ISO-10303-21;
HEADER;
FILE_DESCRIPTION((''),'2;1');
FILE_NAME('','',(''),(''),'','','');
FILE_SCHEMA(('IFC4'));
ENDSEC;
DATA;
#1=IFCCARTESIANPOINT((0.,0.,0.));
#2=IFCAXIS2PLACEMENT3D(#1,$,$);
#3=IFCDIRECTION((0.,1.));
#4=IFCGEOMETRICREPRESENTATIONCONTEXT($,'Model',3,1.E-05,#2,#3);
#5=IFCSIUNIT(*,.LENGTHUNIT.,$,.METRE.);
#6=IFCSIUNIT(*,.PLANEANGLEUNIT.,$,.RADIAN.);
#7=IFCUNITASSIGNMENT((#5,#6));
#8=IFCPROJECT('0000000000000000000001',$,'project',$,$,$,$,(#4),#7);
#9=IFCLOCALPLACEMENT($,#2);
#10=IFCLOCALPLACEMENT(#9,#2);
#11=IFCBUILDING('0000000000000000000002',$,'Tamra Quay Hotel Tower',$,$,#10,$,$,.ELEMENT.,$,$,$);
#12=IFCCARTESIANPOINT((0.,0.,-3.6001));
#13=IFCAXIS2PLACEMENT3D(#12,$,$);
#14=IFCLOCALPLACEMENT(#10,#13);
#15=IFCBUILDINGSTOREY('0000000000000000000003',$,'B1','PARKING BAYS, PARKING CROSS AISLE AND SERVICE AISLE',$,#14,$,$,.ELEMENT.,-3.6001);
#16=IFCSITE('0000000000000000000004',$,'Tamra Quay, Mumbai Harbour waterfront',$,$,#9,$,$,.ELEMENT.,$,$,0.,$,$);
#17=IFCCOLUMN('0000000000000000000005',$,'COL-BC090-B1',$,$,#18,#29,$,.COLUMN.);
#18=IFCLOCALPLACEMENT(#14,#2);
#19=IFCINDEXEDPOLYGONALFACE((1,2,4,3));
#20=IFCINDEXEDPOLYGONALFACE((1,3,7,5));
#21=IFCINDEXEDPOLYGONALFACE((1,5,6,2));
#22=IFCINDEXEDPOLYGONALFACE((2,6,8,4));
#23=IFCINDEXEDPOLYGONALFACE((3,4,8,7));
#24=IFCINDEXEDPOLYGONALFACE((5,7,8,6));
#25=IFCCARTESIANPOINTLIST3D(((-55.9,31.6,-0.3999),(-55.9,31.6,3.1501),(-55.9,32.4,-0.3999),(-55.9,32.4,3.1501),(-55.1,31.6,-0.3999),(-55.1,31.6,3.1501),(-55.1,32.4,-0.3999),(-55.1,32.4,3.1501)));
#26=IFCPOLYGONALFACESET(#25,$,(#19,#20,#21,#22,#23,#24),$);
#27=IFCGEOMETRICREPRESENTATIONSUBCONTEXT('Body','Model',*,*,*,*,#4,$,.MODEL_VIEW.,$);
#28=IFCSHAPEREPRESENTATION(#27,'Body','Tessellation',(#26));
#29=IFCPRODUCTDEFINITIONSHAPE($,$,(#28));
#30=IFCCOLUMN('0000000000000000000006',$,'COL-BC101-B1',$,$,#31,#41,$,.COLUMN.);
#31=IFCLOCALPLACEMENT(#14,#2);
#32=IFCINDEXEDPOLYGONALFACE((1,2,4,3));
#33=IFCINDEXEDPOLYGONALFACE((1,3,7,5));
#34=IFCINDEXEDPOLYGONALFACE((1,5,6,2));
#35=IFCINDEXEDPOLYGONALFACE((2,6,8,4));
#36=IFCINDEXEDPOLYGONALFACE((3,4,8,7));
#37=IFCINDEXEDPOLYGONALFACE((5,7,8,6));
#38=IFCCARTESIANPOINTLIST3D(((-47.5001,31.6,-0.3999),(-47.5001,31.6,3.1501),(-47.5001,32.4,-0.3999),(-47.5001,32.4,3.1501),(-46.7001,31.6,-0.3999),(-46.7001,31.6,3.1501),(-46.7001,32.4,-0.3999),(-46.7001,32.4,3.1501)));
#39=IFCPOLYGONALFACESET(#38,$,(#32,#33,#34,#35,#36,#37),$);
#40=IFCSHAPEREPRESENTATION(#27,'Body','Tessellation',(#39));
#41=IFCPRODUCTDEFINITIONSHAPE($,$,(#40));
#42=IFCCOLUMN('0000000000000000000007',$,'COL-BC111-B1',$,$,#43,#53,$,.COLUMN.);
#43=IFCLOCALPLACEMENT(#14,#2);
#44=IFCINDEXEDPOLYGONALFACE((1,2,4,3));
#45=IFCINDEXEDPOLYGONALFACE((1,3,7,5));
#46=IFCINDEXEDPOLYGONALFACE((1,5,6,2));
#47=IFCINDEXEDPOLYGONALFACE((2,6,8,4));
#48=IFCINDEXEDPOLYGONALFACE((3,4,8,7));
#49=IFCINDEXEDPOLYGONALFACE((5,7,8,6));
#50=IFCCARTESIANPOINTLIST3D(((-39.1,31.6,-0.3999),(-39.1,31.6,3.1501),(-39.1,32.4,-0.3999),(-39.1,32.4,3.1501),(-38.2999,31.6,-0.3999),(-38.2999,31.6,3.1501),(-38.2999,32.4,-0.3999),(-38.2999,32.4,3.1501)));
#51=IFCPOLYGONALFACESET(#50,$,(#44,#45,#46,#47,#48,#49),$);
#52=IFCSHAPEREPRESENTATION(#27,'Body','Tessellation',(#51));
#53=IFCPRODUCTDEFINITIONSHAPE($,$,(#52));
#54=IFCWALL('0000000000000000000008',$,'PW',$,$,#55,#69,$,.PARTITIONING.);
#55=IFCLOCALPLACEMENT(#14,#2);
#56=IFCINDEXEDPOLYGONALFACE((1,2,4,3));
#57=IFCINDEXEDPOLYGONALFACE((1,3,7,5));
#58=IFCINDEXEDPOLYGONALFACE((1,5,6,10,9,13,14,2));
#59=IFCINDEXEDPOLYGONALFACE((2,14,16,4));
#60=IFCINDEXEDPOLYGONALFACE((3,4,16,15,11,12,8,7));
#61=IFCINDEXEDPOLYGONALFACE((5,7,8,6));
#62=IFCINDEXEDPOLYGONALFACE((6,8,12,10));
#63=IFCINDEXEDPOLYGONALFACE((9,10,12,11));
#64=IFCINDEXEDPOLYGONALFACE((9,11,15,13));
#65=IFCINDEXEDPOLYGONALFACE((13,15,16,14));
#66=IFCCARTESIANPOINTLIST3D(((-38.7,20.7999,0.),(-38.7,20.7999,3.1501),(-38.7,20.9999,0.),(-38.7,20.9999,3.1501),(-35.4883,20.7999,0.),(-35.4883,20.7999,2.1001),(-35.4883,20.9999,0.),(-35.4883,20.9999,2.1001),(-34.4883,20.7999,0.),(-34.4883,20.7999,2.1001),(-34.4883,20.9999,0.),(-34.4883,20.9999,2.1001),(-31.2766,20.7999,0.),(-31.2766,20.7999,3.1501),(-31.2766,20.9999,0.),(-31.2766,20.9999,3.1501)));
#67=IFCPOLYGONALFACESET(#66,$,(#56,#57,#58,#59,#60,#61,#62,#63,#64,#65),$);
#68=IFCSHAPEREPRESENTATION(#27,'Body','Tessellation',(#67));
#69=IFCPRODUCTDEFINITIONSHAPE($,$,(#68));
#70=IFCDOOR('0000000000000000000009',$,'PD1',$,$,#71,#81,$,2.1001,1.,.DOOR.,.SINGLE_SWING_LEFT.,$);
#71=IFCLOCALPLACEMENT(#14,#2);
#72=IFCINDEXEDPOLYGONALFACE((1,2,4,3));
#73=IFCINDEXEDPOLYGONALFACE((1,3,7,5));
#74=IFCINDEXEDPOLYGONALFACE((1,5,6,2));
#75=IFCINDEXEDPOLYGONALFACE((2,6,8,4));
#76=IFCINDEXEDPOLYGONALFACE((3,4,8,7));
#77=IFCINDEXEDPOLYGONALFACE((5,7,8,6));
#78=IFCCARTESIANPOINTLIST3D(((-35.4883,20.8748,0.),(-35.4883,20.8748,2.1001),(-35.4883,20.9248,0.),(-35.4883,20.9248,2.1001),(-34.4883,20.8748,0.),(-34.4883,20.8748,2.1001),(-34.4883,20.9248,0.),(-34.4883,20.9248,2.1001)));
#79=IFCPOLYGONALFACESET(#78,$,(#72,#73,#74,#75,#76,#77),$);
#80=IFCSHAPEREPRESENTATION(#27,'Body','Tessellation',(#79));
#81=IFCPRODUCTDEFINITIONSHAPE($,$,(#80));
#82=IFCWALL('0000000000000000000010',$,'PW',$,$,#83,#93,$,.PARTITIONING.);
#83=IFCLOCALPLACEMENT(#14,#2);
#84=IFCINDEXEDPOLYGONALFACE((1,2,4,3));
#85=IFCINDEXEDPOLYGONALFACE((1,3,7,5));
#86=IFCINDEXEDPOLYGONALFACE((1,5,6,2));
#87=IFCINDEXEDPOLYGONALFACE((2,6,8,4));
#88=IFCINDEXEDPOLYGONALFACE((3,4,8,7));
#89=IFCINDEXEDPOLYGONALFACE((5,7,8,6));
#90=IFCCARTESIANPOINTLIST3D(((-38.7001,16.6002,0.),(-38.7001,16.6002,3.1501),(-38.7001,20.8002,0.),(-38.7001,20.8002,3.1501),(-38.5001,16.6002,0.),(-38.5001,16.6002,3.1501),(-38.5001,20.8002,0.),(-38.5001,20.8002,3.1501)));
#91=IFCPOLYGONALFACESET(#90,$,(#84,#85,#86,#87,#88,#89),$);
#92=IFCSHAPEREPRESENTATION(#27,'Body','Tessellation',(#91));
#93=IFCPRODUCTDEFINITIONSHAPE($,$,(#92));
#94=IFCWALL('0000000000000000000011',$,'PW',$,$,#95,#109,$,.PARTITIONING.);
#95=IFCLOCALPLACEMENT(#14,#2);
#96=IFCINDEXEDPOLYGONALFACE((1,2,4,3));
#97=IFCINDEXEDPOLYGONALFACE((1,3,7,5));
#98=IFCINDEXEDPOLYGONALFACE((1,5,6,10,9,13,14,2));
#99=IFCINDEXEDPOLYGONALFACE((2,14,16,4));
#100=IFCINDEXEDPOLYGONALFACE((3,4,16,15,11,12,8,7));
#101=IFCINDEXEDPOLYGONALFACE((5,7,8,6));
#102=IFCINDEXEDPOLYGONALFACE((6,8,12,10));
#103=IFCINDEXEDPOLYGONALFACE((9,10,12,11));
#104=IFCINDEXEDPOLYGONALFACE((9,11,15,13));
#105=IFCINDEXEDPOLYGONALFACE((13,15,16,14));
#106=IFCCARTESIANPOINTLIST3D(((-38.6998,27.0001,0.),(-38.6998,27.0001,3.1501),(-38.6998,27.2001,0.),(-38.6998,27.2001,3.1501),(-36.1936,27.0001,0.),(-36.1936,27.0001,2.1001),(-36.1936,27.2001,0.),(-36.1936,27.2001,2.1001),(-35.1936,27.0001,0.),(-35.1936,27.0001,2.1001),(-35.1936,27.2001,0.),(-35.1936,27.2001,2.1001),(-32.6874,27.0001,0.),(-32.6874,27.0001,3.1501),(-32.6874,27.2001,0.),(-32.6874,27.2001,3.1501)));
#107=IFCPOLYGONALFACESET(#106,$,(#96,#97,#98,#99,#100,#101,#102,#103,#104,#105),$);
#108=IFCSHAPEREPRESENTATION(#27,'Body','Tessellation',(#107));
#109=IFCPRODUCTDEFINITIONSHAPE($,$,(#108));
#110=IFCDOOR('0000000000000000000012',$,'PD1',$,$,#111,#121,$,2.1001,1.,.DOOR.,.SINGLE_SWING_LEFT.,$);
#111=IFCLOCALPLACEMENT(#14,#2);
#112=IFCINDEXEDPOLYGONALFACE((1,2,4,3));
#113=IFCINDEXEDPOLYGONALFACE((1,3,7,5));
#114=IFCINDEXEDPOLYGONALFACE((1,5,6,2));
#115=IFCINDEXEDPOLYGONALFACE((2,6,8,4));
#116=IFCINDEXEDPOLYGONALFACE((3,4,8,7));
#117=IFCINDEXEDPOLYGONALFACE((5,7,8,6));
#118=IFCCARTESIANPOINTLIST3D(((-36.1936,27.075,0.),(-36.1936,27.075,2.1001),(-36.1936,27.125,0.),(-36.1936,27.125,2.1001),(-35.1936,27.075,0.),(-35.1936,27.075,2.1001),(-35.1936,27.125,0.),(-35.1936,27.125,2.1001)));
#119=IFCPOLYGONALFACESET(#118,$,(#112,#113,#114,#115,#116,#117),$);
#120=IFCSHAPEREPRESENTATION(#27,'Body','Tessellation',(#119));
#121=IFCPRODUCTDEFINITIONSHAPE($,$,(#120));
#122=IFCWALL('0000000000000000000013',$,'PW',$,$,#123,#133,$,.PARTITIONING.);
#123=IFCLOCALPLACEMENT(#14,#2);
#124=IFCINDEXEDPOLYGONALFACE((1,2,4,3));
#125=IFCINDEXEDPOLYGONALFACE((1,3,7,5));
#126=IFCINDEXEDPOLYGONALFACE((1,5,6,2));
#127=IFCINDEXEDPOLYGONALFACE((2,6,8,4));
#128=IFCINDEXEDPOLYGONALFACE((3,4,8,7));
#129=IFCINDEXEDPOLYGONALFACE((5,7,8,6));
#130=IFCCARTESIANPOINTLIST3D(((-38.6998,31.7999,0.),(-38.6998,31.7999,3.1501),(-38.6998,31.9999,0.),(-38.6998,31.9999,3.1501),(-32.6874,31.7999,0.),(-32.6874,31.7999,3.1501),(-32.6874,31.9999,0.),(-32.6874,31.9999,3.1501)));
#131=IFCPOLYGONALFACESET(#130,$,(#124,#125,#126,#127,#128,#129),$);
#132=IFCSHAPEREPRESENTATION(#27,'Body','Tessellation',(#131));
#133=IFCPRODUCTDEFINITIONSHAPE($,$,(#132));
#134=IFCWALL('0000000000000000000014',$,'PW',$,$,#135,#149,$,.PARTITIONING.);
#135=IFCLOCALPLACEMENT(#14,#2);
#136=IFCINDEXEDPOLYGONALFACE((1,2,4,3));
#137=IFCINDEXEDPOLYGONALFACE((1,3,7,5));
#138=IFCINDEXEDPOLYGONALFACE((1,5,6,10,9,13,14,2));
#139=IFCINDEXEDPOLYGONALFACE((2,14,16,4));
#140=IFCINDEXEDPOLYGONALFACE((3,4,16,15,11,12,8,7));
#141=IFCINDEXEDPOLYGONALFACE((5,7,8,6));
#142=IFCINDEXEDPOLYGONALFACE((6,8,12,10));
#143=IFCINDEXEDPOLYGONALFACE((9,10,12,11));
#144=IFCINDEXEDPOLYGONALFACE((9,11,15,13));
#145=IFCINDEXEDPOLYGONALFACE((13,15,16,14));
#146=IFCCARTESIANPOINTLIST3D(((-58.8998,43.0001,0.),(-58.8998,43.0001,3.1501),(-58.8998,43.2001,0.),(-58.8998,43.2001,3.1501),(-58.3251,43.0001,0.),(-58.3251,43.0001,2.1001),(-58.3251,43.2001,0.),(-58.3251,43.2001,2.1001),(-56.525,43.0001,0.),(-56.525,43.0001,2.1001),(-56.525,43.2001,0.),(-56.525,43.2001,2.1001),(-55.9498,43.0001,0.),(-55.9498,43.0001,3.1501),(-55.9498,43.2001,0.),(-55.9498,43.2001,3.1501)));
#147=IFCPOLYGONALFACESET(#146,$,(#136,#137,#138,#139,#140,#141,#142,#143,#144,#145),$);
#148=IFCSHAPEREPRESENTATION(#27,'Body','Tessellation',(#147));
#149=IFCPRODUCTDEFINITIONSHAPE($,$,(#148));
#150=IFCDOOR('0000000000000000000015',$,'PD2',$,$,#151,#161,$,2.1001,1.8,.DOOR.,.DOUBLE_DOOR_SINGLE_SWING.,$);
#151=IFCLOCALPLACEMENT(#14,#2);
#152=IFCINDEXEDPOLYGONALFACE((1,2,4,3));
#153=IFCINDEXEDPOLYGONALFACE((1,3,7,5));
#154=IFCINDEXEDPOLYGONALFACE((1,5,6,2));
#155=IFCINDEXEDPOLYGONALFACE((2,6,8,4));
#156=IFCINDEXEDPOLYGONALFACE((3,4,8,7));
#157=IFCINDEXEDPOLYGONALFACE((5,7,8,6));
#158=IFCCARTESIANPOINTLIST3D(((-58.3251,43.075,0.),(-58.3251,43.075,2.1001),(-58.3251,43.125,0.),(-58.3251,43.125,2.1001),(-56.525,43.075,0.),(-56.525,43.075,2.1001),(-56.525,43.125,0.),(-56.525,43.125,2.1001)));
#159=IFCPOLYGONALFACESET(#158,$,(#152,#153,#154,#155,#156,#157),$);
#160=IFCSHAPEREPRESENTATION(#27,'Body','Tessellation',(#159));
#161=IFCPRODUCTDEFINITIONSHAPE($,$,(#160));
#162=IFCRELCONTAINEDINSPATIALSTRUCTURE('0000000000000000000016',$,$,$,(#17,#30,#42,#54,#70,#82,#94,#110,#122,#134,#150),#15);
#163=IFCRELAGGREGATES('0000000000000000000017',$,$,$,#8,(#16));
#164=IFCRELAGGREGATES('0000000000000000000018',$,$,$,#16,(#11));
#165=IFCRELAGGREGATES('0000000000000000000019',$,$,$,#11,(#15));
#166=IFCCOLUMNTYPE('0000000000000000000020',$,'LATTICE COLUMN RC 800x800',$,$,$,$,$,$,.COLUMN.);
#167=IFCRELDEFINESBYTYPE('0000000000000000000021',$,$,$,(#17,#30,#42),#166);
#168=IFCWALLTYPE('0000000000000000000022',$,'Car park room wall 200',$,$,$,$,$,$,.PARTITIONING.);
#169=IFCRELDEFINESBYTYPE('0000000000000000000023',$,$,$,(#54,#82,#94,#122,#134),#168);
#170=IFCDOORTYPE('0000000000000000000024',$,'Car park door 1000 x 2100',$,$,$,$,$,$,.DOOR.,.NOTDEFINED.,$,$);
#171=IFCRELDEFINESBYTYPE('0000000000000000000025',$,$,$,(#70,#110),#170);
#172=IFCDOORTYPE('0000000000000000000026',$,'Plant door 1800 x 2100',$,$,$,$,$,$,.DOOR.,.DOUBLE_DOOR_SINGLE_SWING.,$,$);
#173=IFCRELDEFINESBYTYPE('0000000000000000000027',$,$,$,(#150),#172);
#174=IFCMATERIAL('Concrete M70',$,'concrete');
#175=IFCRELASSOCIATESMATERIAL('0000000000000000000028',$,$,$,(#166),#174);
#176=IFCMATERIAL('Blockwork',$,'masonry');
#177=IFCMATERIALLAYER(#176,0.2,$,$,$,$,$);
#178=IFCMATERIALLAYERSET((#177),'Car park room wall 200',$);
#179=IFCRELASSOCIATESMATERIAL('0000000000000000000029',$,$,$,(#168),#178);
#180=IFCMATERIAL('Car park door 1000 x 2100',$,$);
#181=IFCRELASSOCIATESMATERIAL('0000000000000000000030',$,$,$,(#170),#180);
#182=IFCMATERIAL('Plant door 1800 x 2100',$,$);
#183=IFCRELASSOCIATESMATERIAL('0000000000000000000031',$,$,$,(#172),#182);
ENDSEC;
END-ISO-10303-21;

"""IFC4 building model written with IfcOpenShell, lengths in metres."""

from ifc_helpers import new_model, si_unit, direction, frame, frame_2d, origin, origin_2d, place, context, subcontext, project, spatial, rectangle, extrude, material, layer, layer_set, material_profile, profile_set, type_object, element, fill, save


model = new_model("IFC4")

# Units and contexts
model_context = context("Model", 3, precision=1e-05, world=origin(), true_north=direction((0.0, 1.0)))
body_context = subcontext(model_context, "Body", "Model", "MODEL_VIEW")
ifc_project = project(units=[si_unit("LENGTHUNIT", "METRE"), si_unit("PLANEANGLEUNIT", "RADIAN")], contexts=[model_context])

# Site, building, storey
site_placement = place(None, origin())
site = spatial("IfcSite", under=ifc_project, at=site_placement, Name="Tamra Quay, Mumbai Harbour waterfront", CompositionType="ELEMENT", RefElevation=0.0)
building_placement = place(site_placement, origin())
building = spatial("IfcBuilding", under=site, at=building_placement, Name="Tamra Quay Hotel Tower", CompositionType="ELEMENT")
storey_placement = place(building_placement, frame((0.0, 0.0, -3.6001)))
storey = spatial("IfcBuildingStorey", under=building, at=storey_placement, Name="B1", Description="PARKING BAYS, PARKING CROSS AISLE AND SERVICE AISLE", CompositionType="ELEMENT", Elevation=-3.6001)

# Columns
ifc_material_1 = material(Name="Concrete M70", Category="concrete")
ifc_material_profile = material_profile(ifc_material_1, rectangle(XDim=0.8, YDim=0.8, at=origin_2d()), Name="LATTICE COLUMN RC 800x800")
ifc_profile_set = profile_set([ifc_material_profile], Name="Concrete M70")
column_type = type_object("IfcColumnType", Name="LATTICE COLUMN RC 800x800", PredefinedType="COLUMN", material=ifc_profile_set)
for number, where, z_axis, x_axis, name in (
    (1, (-55.5, 32.0, -0.3999), (0.0, 0.0, 1.0), (1.0, 0.0, 0.0), "COL-BC090-B1"),
    (2, (-47.1001, 32.0, -0.3999), (0.0, 0.0, 1.0), (1.0, 0.0, 0.0), "COL-BC101-B1"),
    (3, (-38.7, 32.0, -0.3999), (0.0, 0.0, 1.0), (1.0, 0.0, 0.0), "COL-BC111-B1"),
):
    element("IfcColumn", number, at=place(storey_placement, frame(where, z_axis=z_axis, x_axis=x_axis)), inside=storey, type_object=column_type, Name=name, PredefinedType="COLUMN", context=body_context, shape_type="SweptSolid", body=[
        extrude(rectangle(XDim=0.8, YDim=0.8, at=origin_2d()), origin(), (0.0, 0.0, 1.0), 3.55),
    ])

# Wall, opening, door
ifc_material_2 = material(Name="Blockwork", Category="masonry")
ifc_layer_1 = layer(ifc_material_2, 0.2)
ifc_layer_set_1 = layer_set([ifc_layer_1], Name="Car park room wall 200")
wall_type_1 = type_object("IfcWallType", Name="Car park room wall 200", PredefinedType="PARTITIONING", material=ifc_layer_set_1)
wall_1_placement = place(storey_placement, frame((-38.7, 20.8999, 0.0), z_axis=(0.0, 0.0, 1.0), x_axis=(1.0, 0.0, 0.0)))
wall_1 = element("IfcWall", 4, at=wall_1_placement, inside=storey, type_object=wall_type_1, Name="PW", PredefinedType="PARTITIONING", context=body_context, shape_type="SweptSolid", body=[
    extrude(rectangle(XDim=7.4233, YDim=0.2, at=frame_2d((3.7117, 0.0))), origin(), (0.0, 0.0, 1.0), 3.1501),
])
opening_1_placement = place(wall_1_placement, frame((3.2117, 0.0, 0.0)))
opening_1 = element("IfcOpeningElement", 5, at=opening_1_placement, cuts=wall_1, PredefinedType="OPENING", context=body_context, shape_type="SweptSolid", body=[
    extrude(rectangle(XDim=1.0, YDim=2.1001, at=frame_2d((0.5, 1.05))), frame((0.0, 0.1099, 0.0), z_axis=(0.0, -1.0, 0.0), x_axis=(1.0, 0.0, 0.0)), (0.0, 0.0, 1.0), 0.22),
])
ifc_material_3 = material(Name="Car park door 1000 x 2100")
door_type_1 = type_object("IfcDoorType", Name="Car park door 1000 x 2100", OperationType="NOTDEFINED", PredefinedType="DOOR", material=ifc_material_3)
door_1_placement = place(opening_1_placement, origin())
door_1 = element("IfcDoor", 6, at=door_1_placement, inside=storey, type_object=door_type_1, Name="PD1", OperationType="SINGLE_SWING_LEFT", OverallHeight=2.1001, OverallWidth=1.0, PredefinedType="DOOR", context=body_context, shape_type="SweptSolid", body=[
    extrude(rectangle(XDim=1.0, YDim=2.1001, at=frame_2d((0.5, 1.05))), frame((0.0, 0.0249, 0.0), z_axis=(0.0, -1.0, 0.0), x_axis=(1.0, 0.0, 0.0)), (0.0, 0.0, 1.0), 0.05),
])
fill(opening_1, door_1)

# Wall
wall_2_placement = place(storey_placement, frame((-38.6001, 16.6001, 0.0), z_axis=(0.0, 0.0, 1.0), x_axis=(0.0, 1.0, 0.0)))
element("IfcWall", 7, at=wall_2_placement, inside=storey, type_object=wall_type_1, Name="PW", PredefinedType="PARTITIONING", context=body_context, shape_type="SweptSolid", body=[
    extrude(rectangle(XDim=4.2, YDim=0.2, at=frame_2d((2.1001, 0.0))), origin(), (0.0, 0.0, 1.0), 3.1501),
])

# Wall, opening, door
wall_3_placement = place(storey_placement, frame((-38.7, 27.1001, 0.0), z_axis=(0.0, 0.0, 1.0), x_axis=(1.0, 0.0, 0.0)))
wall_3 = element("IfcWall", 8, at=wall_3_placement, inside=storey, type_object=wall_type_1, Name="PW", PredefinedType="PARTITIONING", context=body_context, shape_type="SweptSolid", body=[
    extrude(rectangle(XDim=6.0125, YDim=0.2, at=frame_2d((3.0063, 0.0))), origin(), (0.0, 0.0, 1.0), 3.1501),
])
opening_2_placement = place(wall_3_placement, frame((2.5063, 0.0, 0.0)))
opening_2 = element("IfcOpeningElement", 9, at=opening_2_placement, cuts=wall_3, PredefinedType="OPENING", context=body_context, shape_type="SweptSolid", body=[
    extrude(rectangle(XDim=1.0, YDim=2.1001, at=frame_2d((0.5, 1.05))), frame((0.0, 0.1099, 0.0), z_axis=(0.0, -1.0, 0.0), x_axis=(1.0, 0.0, 0.0)), (0.0, 0.0, 1.0), 0.22),
])
door_2_placement = place(opening_2_placement, origin())
door_2 = element("IfcDoor", 10, at=door_2_placement, inside=storey, type_object=door_type_1, Name="PD1", OperationType="SINGLE_SWING_LEFT", OverallHeight=2.1001, OverallWidth=1.0, PredefinedType="DOOR", context=body_context, shape_type="SweptSolid", body=[
    extrude(rectangle(XDim=1.0, YDim=2.1001, at=frame_2d((0.5, 1.05))), frame((0.0, 0.0249, 0.0), z_axis=(0.0, -1.0, 0.0), x_axis=(1.0, 0.0, 0.0)), (0.0, 0.0, 1.0), 0.05),
])
fill(opening_2, door_2)

# Wall
wall_4_placement = place(storey_placement, frame((-38.7, 31.8999, 0.0), z_axis=(0.0, 0.0, 1.0), x_axis=(1.0, 0.0, 0.0)))
element("IfcWall", 11, at=wall_4_placement, inside=storey, type_object=wall_type_1, Name="PW", PredefinedType="PARTITIONING", context=body_context, shape_type="SweptSolid", body=[
    extrude(rectangle(XDim=6.0125, YDim=0.2, at=frame_2d((3.0063, 0.0))), origin(), (0.0, 0.0, 1.0), 3.1501),
])

# Wall, opening, door
wall_5_placement = place(storey_placement, frame((-58.8999, 43.1001, 0.0), z_axis=(0.0, 0.0, 1.0), x_axis=(1.0, 0.0, 0.0)))
wall_5 = element("IfcWall", 12, at=wall_5_placement, inside=storey, type_object=wall_type_1, Name="PW", PredefinedType="PARTITIONING", context=body_context, shape_type="SweptSolid", body=[
    extrude(rectangle(XDim=2.95, YDim=0.2, at=frame_2d((1.4751, 0.0))), origin(), (0.0, 0.0, 1.0), 3.1501),
])
opening_3_placement = place(wall_5_placement, frame((0.575, 0.0, 0.0)))
opening_3 = element("IfcOpeningElement", 13, at=opening_3_placement, cuts=wall_5, PredefinedType="OPENING", context=body_context, shape_type="SweptSolid", body=[
    extrude(rectangle(XDim=1.8, YDim=2.1001, at=frame_2d((0.8999, 1.05))), frame((0.0, 0.1099, 0.0), z_axis=(0.0, -1.0, 0.0), x_axis=(1.0, 0.0, 0.0)), (0.0, 0.0, 1.0), 0.22),
])
ifc_material_4 = material(Name="Plant door 1800 x 2100")
door_type_2 = type_object("IfcDoorType", Name="Plant door 1800 x 2100", OperationType="DOUBLE_DOOR_SINGLE_SWING", PredefinedType="DOOR", material=ifc_material_4)
door_3_placement = place(opening_3_placement, origin())
door_3 = element("IfcDoor", 14, at=door_3_placement, inside=storey, type_object=door_type_2, Name="PD2", OperationType="DOUBLE_DOOR_SINGLE_SWING", OverallHeight=2.1001, OverallWidth=1.8, PredefinedType="DOOR", context=body_context, shape_type="SweptSolid", body=[
    extrude(rectangle(XDim=1.8, YDim=2.1001, at=frame_2d((0.8999, 1.05))), frame((0.0, 0.0249, 0.0), z_axis=(0.0, -1.0, 0.0), x_axis=(1.0, 0.0, 0.0)), (0.0, 0.0, 1.0), 0.05),
])
fill(opening_3, door_3)

save(model, "model.ifc")
